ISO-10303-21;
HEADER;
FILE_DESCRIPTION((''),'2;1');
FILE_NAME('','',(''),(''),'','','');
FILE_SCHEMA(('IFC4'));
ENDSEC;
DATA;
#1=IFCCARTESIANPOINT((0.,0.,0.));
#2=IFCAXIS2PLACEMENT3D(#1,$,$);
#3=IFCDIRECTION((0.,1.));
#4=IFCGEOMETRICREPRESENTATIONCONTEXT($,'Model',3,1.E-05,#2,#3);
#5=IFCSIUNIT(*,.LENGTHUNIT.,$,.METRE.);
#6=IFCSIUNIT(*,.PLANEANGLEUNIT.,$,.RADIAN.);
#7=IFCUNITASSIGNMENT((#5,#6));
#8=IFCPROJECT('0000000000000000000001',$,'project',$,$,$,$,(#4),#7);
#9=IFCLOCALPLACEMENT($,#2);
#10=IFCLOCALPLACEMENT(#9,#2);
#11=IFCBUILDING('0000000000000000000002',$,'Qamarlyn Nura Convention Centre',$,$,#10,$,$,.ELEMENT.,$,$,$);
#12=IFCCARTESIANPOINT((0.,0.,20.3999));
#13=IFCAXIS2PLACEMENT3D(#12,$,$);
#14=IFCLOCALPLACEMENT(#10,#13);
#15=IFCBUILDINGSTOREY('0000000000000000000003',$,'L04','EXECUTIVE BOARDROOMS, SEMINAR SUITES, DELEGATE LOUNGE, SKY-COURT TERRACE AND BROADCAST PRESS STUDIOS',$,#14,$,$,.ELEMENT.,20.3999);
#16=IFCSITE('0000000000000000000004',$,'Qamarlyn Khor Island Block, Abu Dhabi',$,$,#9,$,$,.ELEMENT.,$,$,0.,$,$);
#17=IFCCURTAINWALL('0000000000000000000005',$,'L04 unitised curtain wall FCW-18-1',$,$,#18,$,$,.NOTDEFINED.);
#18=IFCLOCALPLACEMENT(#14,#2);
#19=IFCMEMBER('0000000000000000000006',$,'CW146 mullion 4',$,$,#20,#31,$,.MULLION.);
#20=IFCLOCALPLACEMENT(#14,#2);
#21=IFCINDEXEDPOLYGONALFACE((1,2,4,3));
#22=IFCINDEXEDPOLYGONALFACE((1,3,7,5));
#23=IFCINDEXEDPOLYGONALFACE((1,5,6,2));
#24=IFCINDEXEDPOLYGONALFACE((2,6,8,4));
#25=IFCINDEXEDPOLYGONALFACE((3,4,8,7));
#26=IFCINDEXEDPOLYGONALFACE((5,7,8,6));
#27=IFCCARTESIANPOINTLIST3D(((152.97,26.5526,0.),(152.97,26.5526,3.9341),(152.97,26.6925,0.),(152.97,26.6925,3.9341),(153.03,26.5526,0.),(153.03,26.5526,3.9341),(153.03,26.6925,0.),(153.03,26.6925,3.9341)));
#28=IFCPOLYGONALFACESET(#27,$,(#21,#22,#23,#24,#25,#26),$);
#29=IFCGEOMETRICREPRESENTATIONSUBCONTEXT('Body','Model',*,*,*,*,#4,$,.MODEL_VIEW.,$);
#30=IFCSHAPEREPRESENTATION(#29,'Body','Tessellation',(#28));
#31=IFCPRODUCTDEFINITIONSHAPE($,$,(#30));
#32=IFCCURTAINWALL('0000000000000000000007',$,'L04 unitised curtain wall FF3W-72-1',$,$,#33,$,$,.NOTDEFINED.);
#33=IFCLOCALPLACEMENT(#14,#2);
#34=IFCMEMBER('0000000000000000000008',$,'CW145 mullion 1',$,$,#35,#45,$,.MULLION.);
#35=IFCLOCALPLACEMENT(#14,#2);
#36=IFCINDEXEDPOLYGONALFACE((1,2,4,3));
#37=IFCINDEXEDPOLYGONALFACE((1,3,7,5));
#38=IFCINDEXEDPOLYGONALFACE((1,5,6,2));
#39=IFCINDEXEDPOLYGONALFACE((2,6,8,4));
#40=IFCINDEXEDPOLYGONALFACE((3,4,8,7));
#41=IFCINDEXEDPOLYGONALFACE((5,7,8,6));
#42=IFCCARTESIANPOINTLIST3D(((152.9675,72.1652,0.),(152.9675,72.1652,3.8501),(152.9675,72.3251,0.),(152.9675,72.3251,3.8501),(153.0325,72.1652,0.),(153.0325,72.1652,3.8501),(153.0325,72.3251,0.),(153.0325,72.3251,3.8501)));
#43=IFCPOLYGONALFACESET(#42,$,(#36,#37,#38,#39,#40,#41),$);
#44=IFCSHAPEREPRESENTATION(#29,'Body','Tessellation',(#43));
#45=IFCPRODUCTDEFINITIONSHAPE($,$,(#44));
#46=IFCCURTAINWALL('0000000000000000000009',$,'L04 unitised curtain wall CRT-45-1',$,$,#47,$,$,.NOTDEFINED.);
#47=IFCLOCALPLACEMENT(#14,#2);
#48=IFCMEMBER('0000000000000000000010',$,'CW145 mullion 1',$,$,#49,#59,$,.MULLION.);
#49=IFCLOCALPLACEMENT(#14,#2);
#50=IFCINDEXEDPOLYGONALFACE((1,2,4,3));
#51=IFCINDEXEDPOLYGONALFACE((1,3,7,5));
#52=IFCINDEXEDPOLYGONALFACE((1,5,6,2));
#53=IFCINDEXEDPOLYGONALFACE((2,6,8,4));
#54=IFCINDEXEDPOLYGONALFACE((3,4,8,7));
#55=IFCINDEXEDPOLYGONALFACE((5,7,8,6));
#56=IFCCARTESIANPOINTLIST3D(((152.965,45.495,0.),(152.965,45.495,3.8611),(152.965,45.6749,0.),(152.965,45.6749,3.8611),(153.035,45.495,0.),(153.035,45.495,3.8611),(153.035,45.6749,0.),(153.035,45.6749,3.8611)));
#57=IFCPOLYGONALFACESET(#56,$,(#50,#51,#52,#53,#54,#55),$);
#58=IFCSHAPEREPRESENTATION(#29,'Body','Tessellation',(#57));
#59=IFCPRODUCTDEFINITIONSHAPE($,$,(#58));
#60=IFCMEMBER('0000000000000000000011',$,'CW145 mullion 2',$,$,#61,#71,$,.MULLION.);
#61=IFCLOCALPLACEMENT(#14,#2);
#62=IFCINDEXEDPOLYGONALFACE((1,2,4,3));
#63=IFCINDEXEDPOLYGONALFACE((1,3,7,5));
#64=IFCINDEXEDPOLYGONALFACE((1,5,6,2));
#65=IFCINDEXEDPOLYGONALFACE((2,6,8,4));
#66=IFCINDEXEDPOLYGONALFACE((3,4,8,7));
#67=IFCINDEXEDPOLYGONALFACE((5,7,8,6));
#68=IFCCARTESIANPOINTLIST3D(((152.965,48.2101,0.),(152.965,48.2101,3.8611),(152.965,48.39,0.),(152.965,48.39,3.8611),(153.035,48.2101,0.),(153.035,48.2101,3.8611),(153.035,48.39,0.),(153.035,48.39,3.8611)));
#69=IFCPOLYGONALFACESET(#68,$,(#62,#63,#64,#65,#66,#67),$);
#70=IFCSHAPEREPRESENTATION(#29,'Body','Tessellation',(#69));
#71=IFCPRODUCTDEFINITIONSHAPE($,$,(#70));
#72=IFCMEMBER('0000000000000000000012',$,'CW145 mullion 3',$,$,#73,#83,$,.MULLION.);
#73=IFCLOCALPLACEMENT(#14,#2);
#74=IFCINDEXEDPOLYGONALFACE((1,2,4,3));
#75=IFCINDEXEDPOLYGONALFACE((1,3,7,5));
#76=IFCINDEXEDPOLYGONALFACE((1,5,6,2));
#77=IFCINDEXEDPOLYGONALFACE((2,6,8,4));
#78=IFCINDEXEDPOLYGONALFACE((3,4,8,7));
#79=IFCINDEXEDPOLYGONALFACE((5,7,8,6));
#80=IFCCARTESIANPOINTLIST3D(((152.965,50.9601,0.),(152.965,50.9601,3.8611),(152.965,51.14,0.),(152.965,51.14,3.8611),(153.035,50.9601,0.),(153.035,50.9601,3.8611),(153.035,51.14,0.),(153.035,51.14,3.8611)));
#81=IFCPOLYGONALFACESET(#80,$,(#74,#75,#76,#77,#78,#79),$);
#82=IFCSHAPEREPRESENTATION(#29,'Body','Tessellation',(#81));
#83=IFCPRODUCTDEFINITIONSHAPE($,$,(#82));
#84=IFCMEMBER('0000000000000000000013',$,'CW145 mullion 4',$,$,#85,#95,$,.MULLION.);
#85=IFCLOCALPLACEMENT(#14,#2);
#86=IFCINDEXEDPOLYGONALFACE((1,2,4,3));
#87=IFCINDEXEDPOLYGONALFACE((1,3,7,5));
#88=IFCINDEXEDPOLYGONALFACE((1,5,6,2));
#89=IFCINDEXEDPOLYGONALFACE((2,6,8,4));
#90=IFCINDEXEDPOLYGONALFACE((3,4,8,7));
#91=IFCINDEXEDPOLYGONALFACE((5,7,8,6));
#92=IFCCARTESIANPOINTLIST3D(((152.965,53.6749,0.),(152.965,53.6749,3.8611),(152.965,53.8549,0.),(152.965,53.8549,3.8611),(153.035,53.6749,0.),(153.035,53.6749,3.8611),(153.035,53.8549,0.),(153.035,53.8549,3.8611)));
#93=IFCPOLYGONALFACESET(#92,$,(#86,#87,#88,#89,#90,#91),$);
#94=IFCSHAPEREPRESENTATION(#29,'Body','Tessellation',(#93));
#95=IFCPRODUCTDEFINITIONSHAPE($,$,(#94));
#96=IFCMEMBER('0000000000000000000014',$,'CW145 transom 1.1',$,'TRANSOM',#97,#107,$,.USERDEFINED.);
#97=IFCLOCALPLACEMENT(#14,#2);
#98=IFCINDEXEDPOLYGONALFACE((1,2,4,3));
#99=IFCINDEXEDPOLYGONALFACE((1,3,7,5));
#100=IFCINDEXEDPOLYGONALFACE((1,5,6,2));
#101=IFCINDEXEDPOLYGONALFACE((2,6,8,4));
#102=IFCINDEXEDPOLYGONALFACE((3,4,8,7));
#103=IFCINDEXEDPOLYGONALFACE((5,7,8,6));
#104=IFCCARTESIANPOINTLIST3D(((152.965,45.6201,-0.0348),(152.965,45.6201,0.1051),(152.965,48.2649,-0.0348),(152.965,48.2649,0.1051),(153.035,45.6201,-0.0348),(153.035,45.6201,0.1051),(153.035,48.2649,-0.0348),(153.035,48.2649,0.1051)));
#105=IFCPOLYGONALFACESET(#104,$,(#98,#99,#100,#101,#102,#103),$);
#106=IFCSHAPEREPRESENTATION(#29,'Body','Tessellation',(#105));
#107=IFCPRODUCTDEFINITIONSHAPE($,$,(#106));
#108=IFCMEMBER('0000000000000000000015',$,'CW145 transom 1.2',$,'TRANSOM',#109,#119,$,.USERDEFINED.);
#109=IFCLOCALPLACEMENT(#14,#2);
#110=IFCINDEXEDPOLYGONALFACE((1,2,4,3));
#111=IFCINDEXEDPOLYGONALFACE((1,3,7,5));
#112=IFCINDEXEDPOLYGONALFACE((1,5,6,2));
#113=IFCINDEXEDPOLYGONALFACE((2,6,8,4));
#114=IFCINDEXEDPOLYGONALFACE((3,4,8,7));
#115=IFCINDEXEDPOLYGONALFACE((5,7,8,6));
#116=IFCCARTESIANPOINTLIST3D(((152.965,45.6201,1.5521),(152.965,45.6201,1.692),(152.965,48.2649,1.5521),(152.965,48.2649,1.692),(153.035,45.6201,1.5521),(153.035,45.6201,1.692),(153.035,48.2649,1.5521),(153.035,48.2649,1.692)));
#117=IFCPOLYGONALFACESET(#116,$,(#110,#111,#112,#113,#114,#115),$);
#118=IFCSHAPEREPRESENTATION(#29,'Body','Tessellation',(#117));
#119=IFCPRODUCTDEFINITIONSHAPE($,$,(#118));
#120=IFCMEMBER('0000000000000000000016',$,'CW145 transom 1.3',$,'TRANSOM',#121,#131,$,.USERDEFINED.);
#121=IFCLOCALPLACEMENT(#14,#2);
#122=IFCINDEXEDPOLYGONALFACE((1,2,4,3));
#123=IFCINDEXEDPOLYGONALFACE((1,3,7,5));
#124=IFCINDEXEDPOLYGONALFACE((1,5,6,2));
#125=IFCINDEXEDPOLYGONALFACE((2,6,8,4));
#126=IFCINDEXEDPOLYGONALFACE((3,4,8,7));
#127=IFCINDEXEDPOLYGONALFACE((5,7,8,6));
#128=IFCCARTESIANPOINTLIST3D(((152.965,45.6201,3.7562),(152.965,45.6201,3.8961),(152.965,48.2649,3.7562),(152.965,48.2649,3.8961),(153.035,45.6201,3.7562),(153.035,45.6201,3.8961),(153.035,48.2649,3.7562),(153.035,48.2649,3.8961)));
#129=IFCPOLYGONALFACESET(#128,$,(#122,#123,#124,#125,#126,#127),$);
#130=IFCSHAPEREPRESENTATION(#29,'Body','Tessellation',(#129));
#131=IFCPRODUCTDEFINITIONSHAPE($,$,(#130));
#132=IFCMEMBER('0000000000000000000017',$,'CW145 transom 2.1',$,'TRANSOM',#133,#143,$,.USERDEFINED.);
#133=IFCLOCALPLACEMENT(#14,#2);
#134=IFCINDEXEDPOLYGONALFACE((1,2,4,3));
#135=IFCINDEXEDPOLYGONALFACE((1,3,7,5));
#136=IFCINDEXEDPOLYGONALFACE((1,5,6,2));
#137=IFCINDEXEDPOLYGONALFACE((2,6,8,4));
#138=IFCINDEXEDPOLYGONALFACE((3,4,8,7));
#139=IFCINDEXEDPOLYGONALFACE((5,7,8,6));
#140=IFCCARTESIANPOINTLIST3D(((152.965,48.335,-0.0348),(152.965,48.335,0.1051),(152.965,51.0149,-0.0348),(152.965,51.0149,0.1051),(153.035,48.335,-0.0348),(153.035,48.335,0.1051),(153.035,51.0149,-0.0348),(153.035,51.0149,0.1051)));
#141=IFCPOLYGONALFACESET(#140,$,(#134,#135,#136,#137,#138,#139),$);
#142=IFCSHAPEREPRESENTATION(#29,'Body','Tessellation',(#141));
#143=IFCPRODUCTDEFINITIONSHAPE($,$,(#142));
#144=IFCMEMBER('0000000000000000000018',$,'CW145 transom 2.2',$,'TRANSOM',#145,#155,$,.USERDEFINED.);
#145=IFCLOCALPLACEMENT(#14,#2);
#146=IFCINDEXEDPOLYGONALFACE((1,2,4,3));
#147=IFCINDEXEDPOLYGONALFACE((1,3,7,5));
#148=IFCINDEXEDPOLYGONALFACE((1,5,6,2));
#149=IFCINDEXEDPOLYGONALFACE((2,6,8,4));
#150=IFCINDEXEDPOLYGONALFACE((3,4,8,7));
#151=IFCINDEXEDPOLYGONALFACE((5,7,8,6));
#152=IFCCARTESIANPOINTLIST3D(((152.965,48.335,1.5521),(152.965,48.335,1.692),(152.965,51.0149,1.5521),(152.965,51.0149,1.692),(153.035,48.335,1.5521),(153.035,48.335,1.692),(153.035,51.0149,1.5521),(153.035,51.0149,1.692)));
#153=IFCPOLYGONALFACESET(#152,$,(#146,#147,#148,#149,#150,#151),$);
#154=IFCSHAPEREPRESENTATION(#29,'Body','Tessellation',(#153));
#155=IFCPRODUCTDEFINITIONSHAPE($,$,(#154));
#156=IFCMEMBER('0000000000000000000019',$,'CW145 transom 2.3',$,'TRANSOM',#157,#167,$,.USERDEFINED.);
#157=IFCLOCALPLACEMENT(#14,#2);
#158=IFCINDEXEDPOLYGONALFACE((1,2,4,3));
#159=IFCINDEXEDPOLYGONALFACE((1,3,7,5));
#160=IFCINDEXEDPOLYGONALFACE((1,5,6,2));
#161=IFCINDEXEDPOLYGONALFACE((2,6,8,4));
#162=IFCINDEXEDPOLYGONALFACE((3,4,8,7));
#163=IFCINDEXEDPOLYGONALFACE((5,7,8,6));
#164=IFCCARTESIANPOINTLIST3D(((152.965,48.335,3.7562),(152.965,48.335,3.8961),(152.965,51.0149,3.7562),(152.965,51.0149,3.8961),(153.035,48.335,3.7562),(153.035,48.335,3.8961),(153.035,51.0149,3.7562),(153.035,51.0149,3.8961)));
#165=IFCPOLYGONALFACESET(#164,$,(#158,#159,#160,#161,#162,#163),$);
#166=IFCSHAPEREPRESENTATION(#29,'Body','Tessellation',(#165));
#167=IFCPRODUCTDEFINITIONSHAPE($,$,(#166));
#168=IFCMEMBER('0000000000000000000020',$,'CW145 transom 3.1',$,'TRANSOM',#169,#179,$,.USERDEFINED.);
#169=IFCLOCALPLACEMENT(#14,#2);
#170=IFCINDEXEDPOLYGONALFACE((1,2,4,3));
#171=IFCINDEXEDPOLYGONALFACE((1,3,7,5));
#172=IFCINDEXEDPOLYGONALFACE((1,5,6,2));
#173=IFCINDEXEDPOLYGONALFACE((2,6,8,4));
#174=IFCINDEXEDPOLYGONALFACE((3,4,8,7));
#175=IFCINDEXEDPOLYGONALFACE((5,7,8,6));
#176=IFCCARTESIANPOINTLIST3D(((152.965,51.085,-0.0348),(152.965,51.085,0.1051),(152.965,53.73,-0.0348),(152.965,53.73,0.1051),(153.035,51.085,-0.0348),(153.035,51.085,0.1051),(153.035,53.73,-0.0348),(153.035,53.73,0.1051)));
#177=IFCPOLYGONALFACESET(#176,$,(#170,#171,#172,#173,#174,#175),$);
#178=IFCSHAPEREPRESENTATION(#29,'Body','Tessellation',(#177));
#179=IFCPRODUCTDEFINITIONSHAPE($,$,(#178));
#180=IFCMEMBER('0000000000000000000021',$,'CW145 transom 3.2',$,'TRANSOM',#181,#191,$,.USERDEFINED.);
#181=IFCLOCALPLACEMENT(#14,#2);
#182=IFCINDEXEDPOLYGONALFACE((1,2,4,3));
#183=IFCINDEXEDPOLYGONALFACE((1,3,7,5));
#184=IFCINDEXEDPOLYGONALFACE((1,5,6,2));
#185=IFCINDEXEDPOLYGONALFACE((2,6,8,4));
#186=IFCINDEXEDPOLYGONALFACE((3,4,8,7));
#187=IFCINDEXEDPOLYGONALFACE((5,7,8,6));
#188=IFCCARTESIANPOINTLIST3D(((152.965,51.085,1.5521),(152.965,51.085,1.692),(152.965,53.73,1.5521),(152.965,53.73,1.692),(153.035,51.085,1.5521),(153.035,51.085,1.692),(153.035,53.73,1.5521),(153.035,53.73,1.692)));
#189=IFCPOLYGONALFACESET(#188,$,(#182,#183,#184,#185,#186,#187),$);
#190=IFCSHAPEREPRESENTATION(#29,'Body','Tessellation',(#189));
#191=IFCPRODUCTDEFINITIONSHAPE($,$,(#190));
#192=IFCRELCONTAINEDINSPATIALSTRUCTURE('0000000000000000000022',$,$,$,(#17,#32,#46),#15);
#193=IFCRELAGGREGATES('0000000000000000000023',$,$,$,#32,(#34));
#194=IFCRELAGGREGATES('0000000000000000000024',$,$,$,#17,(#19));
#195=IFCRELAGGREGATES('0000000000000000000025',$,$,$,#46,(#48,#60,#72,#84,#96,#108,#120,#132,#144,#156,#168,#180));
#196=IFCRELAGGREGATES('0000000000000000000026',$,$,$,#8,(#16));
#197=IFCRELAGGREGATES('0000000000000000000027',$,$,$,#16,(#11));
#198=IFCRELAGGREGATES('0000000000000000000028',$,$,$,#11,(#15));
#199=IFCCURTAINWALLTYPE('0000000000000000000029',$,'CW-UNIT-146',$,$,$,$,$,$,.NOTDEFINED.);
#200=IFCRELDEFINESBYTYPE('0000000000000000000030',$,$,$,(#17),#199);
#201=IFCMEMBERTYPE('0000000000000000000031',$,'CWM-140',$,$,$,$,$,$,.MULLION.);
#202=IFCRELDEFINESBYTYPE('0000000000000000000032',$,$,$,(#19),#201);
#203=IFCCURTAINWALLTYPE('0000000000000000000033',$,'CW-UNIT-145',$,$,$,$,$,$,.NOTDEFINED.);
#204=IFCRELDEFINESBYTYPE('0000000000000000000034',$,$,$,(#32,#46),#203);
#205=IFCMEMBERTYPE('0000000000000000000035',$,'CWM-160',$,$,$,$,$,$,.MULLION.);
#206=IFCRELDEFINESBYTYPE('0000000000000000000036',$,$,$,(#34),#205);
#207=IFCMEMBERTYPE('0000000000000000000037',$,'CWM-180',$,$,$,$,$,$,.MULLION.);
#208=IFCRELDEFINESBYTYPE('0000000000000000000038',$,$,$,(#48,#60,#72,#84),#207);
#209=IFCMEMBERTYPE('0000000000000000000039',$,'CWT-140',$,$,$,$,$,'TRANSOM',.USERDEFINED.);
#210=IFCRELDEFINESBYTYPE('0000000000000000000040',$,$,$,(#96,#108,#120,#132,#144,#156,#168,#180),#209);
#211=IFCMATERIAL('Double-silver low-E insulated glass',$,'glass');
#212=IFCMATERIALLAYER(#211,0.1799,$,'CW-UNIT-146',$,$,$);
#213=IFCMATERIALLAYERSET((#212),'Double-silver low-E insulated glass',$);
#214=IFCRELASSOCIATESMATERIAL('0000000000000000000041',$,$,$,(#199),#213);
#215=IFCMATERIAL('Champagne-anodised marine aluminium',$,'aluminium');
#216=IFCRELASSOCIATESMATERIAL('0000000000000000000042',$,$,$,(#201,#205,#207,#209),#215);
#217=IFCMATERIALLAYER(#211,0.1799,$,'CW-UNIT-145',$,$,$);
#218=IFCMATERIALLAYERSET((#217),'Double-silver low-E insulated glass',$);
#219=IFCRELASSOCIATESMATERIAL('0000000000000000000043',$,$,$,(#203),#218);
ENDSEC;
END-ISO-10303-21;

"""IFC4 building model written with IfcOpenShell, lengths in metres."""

from ifc_helpers import new_model, si_unit, direction, frame, origin, origin_2d, place, context, subcontext, project, spatial, rectangle, extrude, material, layer, layer_set, material_profile, profile_set, type_object, element, aggregate, save


model = new_model("IFC4")

# Units and contexts
model_context = context("Model", 3, precision=1e-05, world=origin(), true_north=direction((0.0, 1.0)))
body_context = subcontext(model_context, "Body", "Model", "MODEL_VIEW")
ifc_project = project(units=[si_unit("LENGTHUNIT", "METRE"), si_unit("PLANEANGLEUNIT", "RADIAN")], contexts=[model_context])

# Site, building, storey
site_placement = place(None, origin())
site = spatial("IfcSite", under=ifc_project, at=site_placement, Name="Qamarlyn Khor Island Block, Abu Dhabi", CompositionType="ELEMENT", RefElevation=0.0)
building_placement = place(site_placement, origin())
building = spatial("IfcBuilding", under=site, at=building_placement, Name="Qamarlyn Nura Convention Centre", CompositionType="ELEMENT")
storey_placement = place(building_placement, frame((0.0, 0.0, 20.3999)))
storey = spatial("IfcBuildingStorey", under=building, at=storey_placement, Name="L04", Description="EXECUTIVE BOARDROOMS, SEMINAR SUITES, DELEGATE LOUNGE, SKY-COURT TERRACE AND BROADCAST PRESS STUDIOS", CompositionType="ELEMENT", Elevation=20.3999)

# Curtain walls, members
ifc_material_1 = material(Name="Double-silver low-E insulated glass", Category="glass")
ifc_layer_1 = layer(ifc_material_1, 0.1799, Name="CW-UNIT-146")
ifc_layer_set_1 = layer_set([ifc_layer_1], Name="Double-silver low-E insulated glass")
curtain_wall_type_1 = type_object("IfcCurtainWallType", Name="CW-UNIT-146", PredefinedType="NOTDEFINED", material=ifc_layer_set_1)
curtain_wall_1_placement = place(storey_placement, origin())
curtain_wall_1 = element("IfcCurtainWall", 1, at=curtain_wall_1_placement, inside=storey, type_object=curtain_wall_type_1, Name="L04 unitised curtain wall FCW-18-1", PredefinedType="NOTDEFINED")
ifc_material_2 = material(Name="Champagne-anodised marine aluminium", Category="aluminium")
ifc_material_profile_1 = material_profile(ifc_material_2, rectangle(XDim=0.0601, YDim=0.1399, at=origin_2d()), Name="ALU MULLION 60x140")
ifc_profile_set_1 = profile_set([ifc_material_profile_1], Name="Champagne-anodised marine aluminium")
member_type_1 = type_object("IfcMemberType", Name="CWM-140", PredefinedType="MULLION", material=ifc_profile_set_1)
member_1_placement = place(storey_placement, frame((153.0, 26.6226, 0.0), z_axis=(0.0, 0.0, 1.0), x_axis=(-1.0, 0.0, 0.0)))
member_1 = element("IfcMember", 2, at=member_1_placement, type_object=member_type_1, Name="CW146 mullion 4", PredefinedType="MULLION", context=body_context, shape_type="SweptSolid", body=[
    extrude(rectangle(XDim=0.0601, YDim=0.1399, at=origin_2d()), origin(), (0.0, 0.0, 1.0), 3.9341),
])
ifc_layer_2 = layer(ifc_material_1, 0.1799, Name="CW-UNIT-145")
ifc_layer_set_2 = layer_set([ifc_layer_2], Name="Double-silver low-E insulated glass")
curtain_wall_type_2 = type_object("IfcCurtainWallType", Name="CW-UNIT-145", PredefinedType="NOTDEFINED", material=ifc_layer_set_2)
curtain_wall_2_placement = place(storey_placement, origin())
curtain_wall_2 = element("IfcCurtainWall", 3, at=curtain_wall_2_placement, inside=storey, type_object=curtain_wall_type_2, Name="L04 unitised curtain wall FF3W-72-1", PredefinedType="NOTDEFINED")
ifc_material_profile_2 = material_profile(ifc_material_2, rectangle(XDim=0.0649, YDim=0.1599, at=origin_2d()), Name="ALU MULLION 65x160")
ifc_profile_set_2 = profile_set([ifc_material_profile_2], Name="Champagne-anodised marine aluminium")
member_type_2 = type_object("IfcMemberType", Name="CWM-160", PredefinedType="MULLION", material=ifc_profile_set_2)
member_2_placement = place(storey_placement, frame((153.0, 72.2451, 0.0), z_axis=(0.0, 0.0, 1.0), x_axis=(-1.0, 0.0, 0.0)))
member_2 = element("IfcMember", 4, at=member_2_placement, type_object=member_type_2, Name="CW145 mullion 1", PredefinedType="MULLION", context=body_context, shape_type="SweptSolid", body=[
    extrude(rectangle(XDim=0.0649, YDim=0.1599, at=origin_2d()), origin(), (0.0, 0.0, 1.0), 3.8501),
])
aggregate(curtain_wall_2, [member_2])

# Curtain wall, members
curtain_wall_3_placement = place(storey_placement, origin())
curtain_wall_3 = element("IfcCurtainWall", 5, at=curtain_wall_3_placement, inside=storey, type_object=curtain_wall_type_2, Name="L04 unitised curtain wall CRT-45-1", PredefinedType="NOTDEFINED")
ifc_material_profile_3 = material_profile(ifc_material_2, rectangle(XDim=0.0701, YDim=0.1799, at=origin_2d()), Name="ALU MULLION 70x180")
ifc_profile_set_3 = profile_set([ifc_material_profile_3], Name="Champagne-anodised marine aluminium")
member_type_3 = type_object("IfcMemberType", Name="CWM-180", PredefinedType="MULLION", material=ifc_profile_set_3)
member_3_placement = place(storey_placement, frame((153.0, 45.585, 0.0), z_axis=(0.0, 0.0, 1.0), x_axis=(-1.0, 0.0, 0.0)))
member_3 = element("IfcMember", 6, at=member_3_placement, type_object=member_type_3, Name="CW145 mullion 1", PredefinedType="MULLION", context=body_context, shape_type="SweptSolid", body=[
    extrude(rectangle(XDim=0.0701, YDim=0.1799, at=origin_2d()), origin(), (0.0, 0.0, 1.0), 3.8611),
])
member_4_placement = place(storey_placement, frame((153.0, 48.3, 0.0), z_axis=(0.0, 0.0, 1.0), x_axis=(-1.0, 0.0, 0.0)))
member_4 = element("IfcMember", 7, at=member_4_placement, type_object=member_type_3, Name="CW145 mullion 2", PredefinedType="MULLION", context=body_context, shape_type="SweptSolid", body=[
    extrude(rectangle(XDim=0.0701, YDim=0.1799, at=origin_2d()), origin(), (0.0, 0.0, 1.0), 3.8611),
])
member_5_placement = place(storey_placement, frame((153.0, 51.05, 0.0), z_axis=(0.0, 0.0, 1.0), x_axis=(-1.0, 0.0, 0.0)))
member_5 = element("IfcMember", 8, at=member_5_placement, type_object=member_type_3, Name="CW145 mullion 3", PredefinedType="MULLION", context=body_context, shape_type="SweptSolid", body=[
    extrude(rectangle(XDim=0.0701, YDim=0.1799, at=origin_2d()), origin(), (0.0, 0.0, 1.0), 3.8611),
])
member_6_placement = place(storey_placement, frame((153.0, 53.7649, 0.0), z_axis=(0.0, 0.0, 1.0), x_axis=(-1.0, 0.0, 0.0)))
member_6 = element("IfcMember", 9, at=member_6_placement, type_object=member_type_3, Name="CW145 mullion 4", PredefinedType="MULLION", context=body_context, shape_type="SweptSolid", body=[
    extrude(rectangle(XDim=0.0701, YDim=0.1799, at=origin_2d()), origin(), (0.0, 0.0, 1.0), 3.8611),
])
ifc_material_profile_4 = material_profile(ifc_material_2, rectangle(XDim=0.0701, YDim=0.1399, at=origin_2d()), Name="ALU TRANSOM 70x140")
ifc_profile_set_4 = profile_set([ifc_material_profile_4], Name="Champagne-anodised marine aluminium")
member_type_4 = type_object("IfcMemberType", Name="CWT-140", ElementType="TRANSOM", PredefinedType="USERDEFINED", material=ifc_profile_set_4)
member_7_placement = place(storey_placement, frame((153.0, 45.6201, 0.0352), z_axis=(0.0, 1.0, 0.0), x_axis=(-1.0, 0.0, 0.0)))
member_7 = element("IfcMember", 10, at=member_7_placement, type_object=member_type_4, Name="CW145 transom 1.1", ObjectType="TRANSOM", PredefinedType="USERDEFINED", context=body_context, shape_type="SweptSolid", body=[
    extrude(rectangle(XDim=0.0701, YDim=0.1399, at=origin_2d()), origin(), (0.0, 0.0, 1.0), 2.6448),
])
member_8_placement = place(storey_placement, frame((153.0, 45.6201, 1.6221), z_axis=(0.0, 1.0, 0.0), x_axis=(-1.0, 0.0, 0.0)))
member_8 = element("IfcMember", 11, at=member_8_placement, type_object=member_type_4, Name="CW145 transom 1.2", ObjectType="TRANSOM", PredefinedType="USERDEFINED", context=body_context, shape_type="SweptSolid", body=[
    extrude(rectangle(XDim=0.0701, YDim=0.1399, at=origin_2d()), origin(), (0.0, 0.0, 1.0), 2.6448),
])
member_9_placement = place(storey_placement, frame((153.0, 45.6201, 3.8262), z_axis=(0.0, 1.0, 0.0), x_axis=(-1.0, 0.0, 0.0)))
member_9 = element("IfcMember", 12, at=member_9_placement, type_object=member_type_4, Name="CW145 transom 1.3", ObjectType="TRANSOM", PredefinedType="USERDEFINED", context=body_context, shape_type="SweptSolid", body=[
    extrude(rectangle(XDim=0.0701, YDim=0.1399, at=origin_2d()), origin(), (0.0, 0.0, 1.0), 2.6448),
])
member_10_placement = place(storey_placement, frame((153.0, 48.335, 0.0352), z_axis=(0.0, 1.0, 0.0), x_axis=(-1.0, 0.0, 0.0)))
member_10 = element("IfcMember", 13, at=member_10_placement, type_object=member_type_4, Name="CW145 transom 2.1", ObjectType="TRANSOM", PredefinedType="USERDEFINED", context=body_context, shape_type="SweptSolid", body=[
    extrude(rectangle(XDim=0.0701, YDim=0.1399, at=origin_2d()), origin(), (0.0, 0.0, 1.0), 2.6799),
])
member_11_placement = place(storey_placement, frame((153.0, 48.335, 1.6221), z_axis=(0.0, 1.0, 0.0), x_axis=(-1.0, 0.0, 0.0)))
member_11 = element("IfcMember", 14, at=member_11_placement, type_object=member_type_4, Name="CW145 transom 2.2", ObjectType="TRANSOM", PredefinedType="USERDEFINED", context=body_context, shape_type="SweptSolid", body=[
    extrude(rectangle(XDim=0.0701, YDim=0.1399, at=origin_2d()), origin(), (0.0, 0.0, 1.0), 2.6799),
])
member_12_placement = place(storey_placement, frame((153.0, 48.335, 3.8262), z_axis=(0.0, 1.0, 0.0), x_axis=(-1.0, 0.0, 0.0)))
member_12 = element("IfcMember", 15, at=member_12_placement, type_object=member_type_4, Name="CW145 transom 2.3", ObjectType="TRANSOM", PredefinedType="USERDEFINED", context=body_context, shape_type="SweptSolid", body=[
    extrude(rectangle(XDim=0.0701, YDim=0.1399, at=origin_2d()), origin(), (0.0, 0.0, 1.0), 2.6799),
])
member_13_placement = place(storey_placement, frame((153.0, 51.085, 0.0352), z_axis=(0.0, 1.0, 0.0), x_axis=(-1.0, 0.0, 0.0)))
member_13 = element("IfcMember", 16, at=member_13_placement, type_object=member_type_4, Name="CW145 transom 3.1", ObjectType="TRANSOM", PredefinedType="USERDEFINED", context=body_context, shape_type="SweptSolid", body=[
    extrude(rectangle(XDim=0.0701, YDim=0.1399, at=origin_2d()), origin(), (0.0, 0.0, 1.0), 2.645),
])
member_14_placement = place(storey_placement, frame((153.0, 51.085, 1.6221), z_axis=(0.0, 1.0, 0.0), x_axis=(-1.0, 0.0, 0.0)))
member_14 = element("IfcMember", 17, at=member_14_placement, type_object=member_type_4, Name="CW145 transom 3.2", ObjectType="TRANSOM", PredefinedType="USERDEFINED", context=body_context, shape_type="SweptSolid", body=[
    extrude(rectangle(XDim=0.0701, YDim=0.1399, at=origin_2d()), origin(), (0.0, 0.0, 1.0), 2.645),
])

aggregate(curtain_wall_1, [member_1])
aggregate(curtain_wall_3, [member_3, member_4, member_5, member_6, member_7, member_8, member_9, member_10, member_11, member_12, member_13, member_14])

save(model, "model.ifc")
